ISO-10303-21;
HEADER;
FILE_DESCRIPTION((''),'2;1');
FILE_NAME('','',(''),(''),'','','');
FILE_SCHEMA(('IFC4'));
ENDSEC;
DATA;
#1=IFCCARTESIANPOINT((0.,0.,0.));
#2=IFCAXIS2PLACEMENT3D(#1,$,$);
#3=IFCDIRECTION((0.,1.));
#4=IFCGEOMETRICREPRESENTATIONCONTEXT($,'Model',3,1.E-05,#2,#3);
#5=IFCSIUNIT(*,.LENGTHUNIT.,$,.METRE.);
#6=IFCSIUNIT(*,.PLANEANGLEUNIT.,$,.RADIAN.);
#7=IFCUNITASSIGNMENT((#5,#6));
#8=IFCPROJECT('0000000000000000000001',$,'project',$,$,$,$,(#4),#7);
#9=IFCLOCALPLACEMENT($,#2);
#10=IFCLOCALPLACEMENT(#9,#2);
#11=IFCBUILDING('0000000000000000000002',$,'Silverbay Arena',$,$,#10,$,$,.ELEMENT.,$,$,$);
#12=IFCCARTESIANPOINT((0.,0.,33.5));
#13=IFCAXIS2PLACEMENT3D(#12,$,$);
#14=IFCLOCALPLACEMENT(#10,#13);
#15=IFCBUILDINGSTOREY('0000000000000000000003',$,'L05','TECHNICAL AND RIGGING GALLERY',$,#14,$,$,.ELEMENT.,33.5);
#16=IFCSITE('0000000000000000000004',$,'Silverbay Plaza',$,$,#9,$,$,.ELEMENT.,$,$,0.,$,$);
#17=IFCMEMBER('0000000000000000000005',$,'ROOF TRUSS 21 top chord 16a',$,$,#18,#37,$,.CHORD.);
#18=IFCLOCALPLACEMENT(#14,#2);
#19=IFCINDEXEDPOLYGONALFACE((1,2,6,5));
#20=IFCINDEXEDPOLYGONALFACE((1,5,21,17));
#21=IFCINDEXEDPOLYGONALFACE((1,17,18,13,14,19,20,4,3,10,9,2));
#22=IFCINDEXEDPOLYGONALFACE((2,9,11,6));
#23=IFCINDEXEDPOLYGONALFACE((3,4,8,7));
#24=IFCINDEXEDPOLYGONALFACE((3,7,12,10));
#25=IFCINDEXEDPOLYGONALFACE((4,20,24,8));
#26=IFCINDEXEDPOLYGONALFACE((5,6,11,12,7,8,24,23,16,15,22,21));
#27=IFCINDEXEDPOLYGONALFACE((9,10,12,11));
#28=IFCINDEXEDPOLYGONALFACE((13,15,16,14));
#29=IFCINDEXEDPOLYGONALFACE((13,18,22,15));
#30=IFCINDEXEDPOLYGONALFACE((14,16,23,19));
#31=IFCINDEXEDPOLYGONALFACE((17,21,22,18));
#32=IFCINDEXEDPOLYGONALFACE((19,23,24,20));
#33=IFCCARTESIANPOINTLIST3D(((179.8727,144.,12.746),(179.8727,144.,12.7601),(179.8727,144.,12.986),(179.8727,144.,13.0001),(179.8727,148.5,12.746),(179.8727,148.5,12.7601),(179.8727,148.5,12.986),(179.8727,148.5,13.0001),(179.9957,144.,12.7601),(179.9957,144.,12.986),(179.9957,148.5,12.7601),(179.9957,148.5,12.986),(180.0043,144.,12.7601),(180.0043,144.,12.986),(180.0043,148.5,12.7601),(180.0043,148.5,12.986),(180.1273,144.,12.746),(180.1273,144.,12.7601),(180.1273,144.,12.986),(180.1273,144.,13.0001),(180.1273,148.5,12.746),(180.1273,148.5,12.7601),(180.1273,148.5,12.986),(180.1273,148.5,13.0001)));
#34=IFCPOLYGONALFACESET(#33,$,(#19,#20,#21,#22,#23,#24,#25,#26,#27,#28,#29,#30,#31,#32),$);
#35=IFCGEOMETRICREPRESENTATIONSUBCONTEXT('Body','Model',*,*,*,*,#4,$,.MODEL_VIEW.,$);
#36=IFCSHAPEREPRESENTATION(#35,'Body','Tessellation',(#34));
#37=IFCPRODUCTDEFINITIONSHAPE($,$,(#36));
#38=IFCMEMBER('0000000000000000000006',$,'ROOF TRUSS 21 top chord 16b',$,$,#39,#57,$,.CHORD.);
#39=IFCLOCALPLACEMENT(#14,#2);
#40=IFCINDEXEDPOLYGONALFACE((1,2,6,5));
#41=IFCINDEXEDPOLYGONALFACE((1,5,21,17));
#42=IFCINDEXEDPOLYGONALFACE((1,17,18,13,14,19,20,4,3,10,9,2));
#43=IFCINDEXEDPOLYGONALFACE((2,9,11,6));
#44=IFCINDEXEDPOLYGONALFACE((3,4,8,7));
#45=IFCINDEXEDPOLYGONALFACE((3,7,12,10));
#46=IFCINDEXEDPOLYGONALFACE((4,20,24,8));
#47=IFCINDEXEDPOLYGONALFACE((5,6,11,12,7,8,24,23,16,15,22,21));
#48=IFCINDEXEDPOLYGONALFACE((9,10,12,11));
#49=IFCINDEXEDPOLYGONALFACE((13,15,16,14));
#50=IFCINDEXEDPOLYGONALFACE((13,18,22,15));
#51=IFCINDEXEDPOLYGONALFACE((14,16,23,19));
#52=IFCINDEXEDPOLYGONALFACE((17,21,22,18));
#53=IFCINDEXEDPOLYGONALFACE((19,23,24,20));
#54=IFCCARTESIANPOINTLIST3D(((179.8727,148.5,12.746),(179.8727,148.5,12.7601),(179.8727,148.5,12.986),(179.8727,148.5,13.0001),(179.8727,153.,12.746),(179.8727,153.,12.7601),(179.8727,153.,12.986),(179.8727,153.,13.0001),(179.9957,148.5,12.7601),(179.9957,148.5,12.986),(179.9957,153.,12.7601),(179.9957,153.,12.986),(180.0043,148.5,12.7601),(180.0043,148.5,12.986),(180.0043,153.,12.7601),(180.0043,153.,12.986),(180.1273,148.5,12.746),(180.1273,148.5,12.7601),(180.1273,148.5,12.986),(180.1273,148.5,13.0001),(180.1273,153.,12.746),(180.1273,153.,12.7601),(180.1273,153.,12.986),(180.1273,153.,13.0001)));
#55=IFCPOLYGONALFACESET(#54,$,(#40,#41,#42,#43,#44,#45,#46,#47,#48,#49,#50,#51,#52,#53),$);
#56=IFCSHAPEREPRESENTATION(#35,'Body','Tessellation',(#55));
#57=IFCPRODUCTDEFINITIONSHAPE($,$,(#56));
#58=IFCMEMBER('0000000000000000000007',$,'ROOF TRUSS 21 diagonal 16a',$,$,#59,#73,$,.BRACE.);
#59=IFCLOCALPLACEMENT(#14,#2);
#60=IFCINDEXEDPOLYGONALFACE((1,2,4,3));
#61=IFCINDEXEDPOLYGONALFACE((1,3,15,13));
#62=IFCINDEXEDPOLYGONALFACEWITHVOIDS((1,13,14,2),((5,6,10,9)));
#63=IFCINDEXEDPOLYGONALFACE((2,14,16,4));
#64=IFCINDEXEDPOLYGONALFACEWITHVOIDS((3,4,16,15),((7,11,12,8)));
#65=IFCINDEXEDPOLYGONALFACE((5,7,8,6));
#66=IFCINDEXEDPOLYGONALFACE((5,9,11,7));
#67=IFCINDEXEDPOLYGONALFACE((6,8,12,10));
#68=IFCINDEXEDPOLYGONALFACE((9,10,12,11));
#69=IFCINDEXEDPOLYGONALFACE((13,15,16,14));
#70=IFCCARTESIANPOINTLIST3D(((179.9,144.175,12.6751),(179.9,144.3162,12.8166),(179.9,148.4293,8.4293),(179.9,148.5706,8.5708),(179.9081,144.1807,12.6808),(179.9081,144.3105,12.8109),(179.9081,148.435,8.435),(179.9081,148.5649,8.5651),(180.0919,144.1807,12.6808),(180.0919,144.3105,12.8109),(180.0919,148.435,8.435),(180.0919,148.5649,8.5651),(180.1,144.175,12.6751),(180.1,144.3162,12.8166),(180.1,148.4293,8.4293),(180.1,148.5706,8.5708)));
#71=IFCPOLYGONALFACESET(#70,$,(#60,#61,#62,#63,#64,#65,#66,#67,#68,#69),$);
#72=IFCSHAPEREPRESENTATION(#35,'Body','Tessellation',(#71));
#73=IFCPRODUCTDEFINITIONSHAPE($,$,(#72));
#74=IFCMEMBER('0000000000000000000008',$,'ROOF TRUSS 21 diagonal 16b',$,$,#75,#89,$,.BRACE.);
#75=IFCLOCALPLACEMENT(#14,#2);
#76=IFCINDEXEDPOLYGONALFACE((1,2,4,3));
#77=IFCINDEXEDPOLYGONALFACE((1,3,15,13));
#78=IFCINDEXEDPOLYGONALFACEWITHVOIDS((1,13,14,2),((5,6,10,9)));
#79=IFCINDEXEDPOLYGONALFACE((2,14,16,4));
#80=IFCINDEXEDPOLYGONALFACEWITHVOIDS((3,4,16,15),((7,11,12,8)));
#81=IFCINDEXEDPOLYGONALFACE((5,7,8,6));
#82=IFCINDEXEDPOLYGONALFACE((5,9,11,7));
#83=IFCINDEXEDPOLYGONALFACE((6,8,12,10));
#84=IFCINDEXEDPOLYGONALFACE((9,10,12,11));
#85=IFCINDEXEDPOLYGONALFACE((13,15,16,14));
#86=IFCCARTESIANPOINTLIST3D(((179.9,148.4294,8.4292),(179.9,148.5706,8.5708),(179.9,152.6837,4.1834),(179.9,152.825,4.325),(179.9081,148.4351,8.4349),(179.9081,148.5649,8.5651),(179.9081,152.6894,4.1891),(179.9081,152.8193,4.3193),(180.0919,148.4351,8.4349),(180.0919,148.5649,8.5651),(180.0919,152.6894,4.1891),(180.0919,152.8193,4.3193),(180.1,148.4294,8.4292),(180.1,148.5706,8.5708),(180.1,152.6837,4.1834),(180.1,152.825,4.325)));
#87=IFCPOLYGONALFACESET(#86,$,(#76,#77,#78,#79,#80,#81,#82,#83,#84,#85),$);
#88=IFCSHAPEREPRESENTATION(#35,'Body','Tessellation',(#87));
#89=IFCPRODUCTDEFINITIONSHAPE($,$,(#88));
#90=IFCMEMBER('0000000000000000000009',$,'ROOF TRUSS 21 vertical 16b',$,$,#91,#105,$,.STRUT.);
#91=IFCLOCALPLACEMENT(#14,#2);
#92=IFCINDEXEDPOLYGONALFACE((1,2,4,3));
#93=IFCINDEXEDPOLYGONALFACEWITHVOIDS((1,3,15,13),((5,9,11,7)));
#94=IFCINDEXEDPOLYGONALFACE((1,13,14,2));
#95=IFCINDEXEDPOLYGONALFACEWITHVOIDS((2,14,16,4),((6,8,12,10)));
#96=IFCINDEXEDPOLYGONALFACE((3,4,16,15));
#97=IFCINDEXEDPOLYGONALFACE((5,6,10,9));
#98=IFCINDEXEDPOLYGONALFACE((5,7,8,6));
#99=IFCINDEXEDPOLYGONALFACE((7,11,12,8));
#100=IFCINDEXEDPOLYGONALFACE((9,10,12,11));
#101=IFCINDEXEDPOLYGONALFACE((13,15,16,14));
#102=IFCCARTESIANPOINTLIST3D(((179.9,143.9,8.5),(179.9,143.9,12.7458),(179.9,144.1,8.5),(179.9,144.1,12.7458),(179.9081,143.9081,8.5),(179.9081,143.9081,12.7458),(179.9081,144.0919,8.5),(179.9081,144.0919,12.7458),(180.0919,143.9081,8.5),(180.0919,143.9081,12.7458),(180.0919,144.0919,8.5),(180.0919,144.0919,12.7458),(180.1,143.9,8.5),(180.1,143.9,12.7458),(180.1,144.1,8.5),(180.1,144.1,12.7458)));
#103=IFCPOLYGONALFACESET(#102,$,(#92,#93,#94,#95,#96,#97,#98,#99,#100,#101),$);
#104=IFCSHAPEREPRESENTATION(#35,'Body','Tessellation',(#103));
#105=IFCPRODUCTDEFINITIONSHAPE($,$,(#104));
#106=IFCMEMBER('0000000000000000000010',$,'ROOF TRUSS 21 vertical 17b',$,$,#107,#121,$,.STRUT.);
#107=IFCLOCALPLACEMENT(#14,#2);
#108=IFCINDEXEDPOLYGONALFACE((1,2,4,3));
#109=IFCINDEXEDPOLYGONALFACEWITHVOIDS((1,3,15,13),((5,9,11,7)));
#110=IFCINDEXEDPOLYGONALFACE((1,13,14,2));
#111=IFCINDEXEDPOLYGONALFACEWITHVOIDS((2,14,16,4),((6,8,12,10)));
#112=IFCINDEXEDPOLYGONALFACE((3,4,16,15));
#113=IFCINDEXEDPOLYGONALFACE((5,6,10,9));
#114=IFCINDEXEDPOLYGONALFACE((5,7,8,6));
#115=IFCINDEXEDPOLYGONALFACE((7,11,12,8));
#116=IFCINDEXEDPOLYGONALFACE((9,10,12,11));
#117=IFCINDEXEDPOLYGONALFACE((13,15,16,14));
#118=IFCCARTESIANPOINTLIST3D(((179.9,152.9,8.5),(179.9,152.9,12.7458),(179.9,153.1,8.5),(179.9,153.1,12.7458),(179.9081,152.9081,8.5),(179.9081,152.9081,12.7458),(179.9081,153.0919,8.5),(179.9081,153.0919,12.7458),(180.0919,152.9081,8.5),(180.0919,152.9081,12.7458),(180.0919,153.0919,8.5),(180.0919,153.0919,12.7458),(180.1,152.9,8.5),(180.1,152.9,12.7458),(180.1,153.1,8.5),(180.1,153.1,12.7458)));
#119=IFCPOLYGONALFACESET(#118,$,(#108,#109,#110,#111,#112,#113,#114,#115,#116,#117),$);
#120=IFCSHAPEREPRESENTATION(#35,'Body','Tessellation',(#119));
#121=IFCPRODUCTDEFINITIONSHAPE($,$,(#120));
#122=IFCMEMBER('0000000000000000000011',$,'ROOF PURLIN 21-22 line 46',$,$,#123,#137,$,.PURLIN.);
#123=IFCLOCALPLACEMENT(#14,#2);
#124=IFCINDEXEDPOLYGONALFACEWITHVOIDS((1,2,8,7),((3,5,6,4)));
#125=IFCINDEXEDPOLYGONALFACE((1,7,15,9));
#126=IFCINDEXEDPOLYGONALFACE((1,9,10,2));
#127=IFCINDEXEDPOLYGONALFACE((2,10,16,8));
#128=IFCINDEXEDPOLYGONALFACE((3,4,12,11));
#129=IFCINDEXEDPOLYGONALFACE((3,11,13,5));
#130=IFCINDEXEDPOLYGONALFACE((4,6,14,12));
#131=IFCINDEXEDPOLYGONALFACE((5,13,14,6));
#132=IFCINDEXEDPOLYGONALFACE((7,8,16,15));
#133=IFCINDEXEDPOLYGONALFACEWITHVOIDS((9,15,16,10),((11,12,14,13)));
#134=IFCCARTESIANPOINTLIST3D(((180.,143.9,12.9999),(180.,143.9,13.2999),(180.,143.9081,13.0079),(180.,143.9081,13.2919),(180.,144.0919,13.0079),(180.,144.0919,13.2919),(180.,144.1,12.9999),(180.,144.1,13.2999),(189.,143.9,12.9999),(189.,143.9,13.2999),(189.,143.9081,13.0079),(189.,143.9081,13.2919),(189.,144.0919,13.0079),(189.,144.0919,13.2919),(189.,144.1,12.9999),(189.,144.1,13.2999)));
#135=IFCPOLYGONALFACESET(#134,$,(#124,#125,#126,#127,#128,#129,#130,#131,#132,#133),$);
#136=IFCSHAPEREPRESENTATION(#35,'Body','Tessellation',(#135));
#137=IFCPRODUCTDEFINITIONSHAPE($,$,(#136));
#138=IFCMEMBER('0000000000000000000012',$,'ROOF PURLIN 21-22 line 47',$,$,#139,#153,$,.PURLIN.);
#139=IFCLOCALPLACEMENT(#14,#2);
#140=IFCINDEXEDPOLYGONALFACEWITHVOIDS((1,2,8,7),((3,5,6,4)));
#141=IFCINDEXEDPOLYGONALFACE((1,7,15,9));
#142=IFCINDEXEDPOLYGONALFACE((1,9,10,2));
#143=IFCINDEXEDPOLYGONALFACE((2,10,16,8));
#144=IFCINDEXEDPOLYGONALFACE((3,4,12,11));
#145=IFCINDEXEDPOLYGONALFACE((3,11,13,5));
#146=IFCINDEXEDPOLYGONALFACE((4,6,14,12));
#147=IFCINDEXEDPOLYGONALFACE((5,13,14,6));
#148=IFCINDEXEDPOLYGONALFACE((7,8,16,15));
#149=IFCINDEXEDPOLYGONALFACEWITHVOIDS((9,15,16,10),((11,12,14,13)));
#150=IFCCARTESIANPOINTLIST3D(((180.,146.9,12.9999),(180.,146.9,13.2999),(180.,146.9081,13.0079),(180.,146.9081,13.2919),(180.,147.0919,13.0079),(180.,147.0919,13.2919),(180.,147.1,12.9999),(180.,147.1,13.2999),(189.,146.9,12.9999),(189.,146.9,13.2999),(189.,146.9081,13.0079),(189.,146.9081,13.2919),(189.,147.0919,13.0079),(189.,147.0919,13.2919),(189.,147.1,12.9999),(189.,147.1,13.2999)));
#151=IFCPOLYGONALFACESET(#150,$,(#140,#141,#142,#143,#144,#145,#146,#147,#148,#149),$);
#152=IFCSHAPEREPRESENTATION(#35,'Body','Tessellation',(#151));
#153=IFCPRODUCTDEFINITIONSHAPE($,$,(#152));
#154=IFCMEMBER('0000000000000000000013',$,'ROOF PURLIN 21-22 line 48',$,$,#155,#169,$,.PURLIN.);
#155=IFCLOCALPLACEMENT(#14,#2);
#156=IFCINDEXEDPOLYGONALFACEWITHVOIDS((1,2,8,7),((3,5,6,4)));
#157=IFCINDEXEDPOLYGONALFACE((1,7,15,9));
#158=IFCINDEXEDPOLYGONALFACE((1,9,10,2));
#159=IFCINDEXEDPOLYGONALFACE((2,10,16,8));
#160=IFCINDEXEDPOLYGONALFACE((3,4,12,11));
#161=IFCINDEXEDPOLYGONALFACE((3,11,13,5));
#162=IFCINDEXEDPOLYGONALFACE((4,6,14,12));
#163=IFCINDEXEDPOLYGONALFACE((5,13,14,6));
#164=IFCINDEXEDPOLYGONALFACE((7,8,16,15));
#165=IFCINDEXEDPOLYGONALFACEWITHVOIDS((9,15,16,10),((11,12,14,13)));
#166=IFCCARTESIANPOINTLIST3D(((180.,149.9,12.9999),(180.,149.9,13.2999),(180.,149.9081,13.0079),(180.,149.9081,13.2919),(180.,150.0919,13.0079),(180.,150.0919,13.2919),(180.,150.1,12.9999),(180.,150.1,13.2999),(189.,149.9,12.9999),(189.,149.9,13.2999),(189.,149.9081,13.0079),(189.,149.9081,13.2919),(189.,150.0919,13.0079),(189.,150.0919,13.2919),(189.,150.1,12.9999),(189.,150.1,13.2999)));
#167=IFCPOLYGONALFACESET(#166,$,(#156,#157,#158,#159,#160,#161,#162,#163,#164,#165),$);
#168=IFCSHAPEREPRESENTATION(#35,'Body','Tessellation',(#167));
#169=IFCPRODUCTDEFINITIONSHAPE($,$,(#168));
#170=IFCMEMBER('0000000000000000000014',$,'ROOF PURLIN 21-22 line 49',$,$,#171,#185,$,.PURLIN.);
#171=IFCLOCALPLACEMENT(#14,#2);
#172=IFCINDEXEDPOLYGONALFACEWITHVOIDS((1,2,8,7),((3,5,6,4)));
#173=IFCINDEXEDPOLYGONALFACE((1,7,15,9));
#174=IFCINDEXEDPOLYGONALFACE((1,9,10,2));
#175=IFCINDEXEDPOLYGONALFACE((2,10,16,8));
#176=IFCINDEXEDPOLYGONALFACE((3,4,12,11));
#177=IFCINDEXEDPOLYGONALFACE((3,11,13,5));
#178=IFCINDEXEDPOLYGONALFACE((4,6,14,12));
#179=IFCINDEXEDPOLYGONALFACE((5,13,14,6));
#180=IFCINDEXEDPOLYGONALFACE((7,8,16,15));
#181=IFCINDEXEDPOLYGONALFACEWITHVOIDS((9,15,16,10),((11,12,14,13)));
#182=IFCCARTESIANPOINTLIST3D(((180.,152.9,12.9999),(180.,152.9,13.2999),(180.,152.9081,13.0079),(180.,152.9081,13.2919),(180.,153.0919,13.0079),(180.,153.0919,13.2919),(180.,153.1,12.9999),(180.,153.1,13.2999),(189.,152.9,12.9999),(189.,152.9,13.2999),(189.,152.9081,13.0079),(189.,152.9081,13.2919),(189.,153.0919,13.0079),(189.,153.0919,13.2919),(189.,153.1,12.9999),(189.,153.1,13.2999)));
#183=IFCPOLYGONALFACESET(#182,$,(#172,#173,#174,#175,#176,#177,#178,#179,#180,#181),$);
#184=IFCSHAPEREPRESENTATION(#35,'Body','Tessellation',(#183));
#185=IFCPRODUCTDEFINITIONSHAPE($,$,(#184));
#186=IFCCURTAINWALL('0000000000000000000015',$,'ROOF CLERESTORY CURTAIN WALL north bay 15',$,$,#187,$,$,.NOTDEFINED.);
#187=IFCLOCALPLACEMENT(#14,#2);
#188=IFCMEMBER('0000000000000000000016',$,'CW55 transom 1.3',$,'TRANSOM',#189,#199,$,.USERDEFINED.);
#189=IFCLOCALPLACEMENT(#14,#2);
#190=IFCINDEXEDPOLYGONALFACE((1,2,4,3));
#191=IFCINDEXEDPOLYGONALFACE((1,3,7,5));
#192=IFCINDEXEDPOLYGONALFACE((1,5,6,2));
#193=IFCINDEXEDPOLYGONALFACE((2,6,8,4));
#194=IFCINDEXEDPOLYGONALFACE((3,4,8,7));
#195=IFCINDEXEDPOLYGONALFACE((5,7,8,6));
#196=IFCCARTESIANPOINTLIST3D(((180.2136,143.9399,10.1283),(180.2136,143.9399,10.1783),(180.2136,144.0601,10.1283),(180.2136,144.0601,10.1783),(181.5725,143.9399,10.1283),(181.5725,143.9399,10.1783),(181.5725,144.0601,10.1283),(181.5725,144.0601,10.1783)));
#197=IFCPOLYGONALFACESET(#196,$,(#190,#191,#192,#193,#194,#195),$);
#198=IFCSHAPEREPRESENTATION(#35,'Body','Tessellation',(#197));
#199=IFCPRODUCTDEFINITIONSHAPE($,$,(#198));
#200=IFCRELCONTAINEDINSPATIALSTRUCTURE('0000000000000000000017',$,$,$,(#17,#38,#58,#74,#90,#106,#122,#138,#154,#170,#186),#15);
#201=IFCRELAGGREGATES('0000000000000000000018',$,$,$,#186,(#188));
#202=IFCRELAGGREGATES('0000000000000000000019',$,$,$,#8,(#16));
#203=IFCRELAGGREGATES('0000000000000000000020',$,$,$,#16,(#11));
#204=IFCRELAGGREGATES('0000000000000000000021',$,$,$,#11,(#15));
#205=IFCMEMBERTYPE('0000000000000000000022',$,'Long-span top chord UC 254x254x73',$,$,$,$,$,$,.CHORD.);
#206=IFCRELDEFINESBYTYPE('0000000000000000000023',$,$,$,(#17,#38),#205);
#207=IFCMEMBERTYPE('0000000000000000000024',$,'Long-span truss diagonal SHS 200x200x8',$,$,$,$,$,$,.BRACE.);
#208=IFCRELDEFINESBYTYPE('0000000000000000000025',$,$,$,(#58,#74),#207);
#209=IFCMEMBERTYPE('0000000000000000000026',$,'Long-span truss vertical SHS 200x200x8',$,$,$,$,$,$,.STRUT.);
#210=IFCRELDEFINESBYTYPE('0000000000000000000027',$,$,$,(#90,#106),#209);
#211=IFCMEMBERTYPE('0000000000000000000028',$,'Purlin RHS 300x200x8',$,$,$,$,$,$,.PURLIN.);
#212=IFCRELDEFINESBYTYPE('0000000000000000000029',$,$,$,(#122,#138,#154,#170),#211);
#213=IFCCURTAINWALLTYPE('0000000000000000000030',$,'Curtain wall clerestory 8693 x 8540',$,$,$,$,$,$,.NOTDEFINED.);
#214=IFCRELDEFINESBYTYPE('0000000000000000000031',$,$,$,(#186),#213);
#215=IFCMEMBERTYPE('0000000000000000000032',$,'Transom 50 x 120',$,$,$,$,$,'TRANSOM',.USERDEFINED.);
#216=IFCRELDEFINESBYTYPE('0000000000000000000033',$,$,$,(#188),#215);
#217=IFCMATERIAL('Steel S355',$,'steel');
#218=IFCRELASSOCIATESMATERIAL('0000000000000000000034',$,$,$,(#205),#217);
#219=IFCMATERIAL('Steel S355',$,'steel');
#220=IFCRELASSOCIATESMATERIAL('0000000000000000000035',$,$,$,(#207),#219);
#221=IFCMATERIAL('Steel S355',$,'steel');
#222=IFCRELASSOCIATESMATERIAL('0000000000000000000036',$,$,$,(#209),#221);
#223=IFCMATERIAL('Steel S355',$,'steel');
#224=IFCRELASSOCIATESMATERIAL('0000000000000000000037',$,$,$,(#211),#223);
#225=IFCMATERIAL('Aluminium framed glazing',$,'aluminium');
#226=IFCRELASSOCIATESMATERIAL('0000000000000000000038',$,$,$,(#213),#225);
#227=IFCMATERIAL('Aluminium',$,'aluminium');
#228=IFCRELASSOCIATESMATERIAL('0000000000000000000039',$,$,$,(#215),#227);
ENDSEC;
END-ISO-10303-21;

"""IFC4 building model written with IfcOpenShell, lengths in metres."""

from ifc_helpers import new_model, si_unit, direction, frame, origin, origin_2d, place, context, subcontext, project, spatial, rectangle, hollow_rectangle, i_section, extrude, material, material_profile, profile_set, type_object, element, aggregate, save


model = new_model("IFC4")

# Units and contexts
model_context = context("Model", 3, precision=1e-05, world=origin(), true_north=direction((0.0, 1.0)))
body_context = subcontext(model_context, "Body", "Model", "MODEL_VIEW")
ifc_project = project(units=[si_unit("LENGTHUNIT", "METRE"), si_unit("PLANEANGLEUNIT", "RADIAN")], contexts=[model_context])

# Site, building, storey
site_placement = place(None, origin())
site = spatial("IfcSite", under=ifc_project, at=site_placement, Name="Silverbay Plaza", CompositionType="ELEMENT", RefElevation=0.0)
building_placement = place(site_placement, origin())
building = spatial("IfcBuilding", under=site, at=building_placement, Name="Silverbay Arena", CompositionType="ELEMENT")
storey_placement = place(building_placement, frame((0.0, 0.0, 33.5)))
storey = spatial("IfcBuildingStorey", under=building, at=storey_placement, Name="L05", Description="TECHNICAL AND RIGGING GALLERY", CompositionType="ELEMENT", Elevation=33.5)

# Members
ifc_material_1 = material(Name="Steel S355", Category="steel")
ifc_material_profile_1 = material_profile(ifc_material_1, i_section(OverallWidth=0.2546, OverallDepth=0.2542, WebThickness=0.0085, FlangeThickness=0.0142, at=origin_2d()), Name="UC 254x254x73")
ifc_profile_set_1 = profile_set([ifc_material_profile_1], Name="Steel S355")
member_type_1 = type_object("IfcMemberType", Name="Long-span top chord UC 254x254x73", PredefinedType="CHORD", material=ifc_profile_set_1)
for number, where, z_axis, x_axis, name in (
    (1, (180.0, 144.0, 12.873), (0.0, 1.0, 0.0), (-1.0, 0.0, 0.0), "ROOF TRUSS 21 top chord 16a"),
    (2, (180.0, 148.5, 12.873), (0.0, 1.0, 0.0), (-1.0, 0.0, 0.0), "ROOF TRUSS 21 top chord 16b"),
):
    element("IfcMember", number, at=place(storey_placement, frame(where, z_axis=z_axis, x_axis=x_axis)), inside=storey, type_object=member_type_1, Name=name, PredefinedType="CHORD", context=body_context, shape_type="SweptSolid", body=[
        extrude(i_section(OverallWidth=0.2546, OverallDepth=0.2542, WebThickness=0.0085, FlangeThickness=0.0142, at=origin_2d()), origin(), (0.0, 0.0, 1.0), 4.5),
    ])
ifc_material_2 = material(Name="Steel S355", Category="steel")
ifc_material_profile_2 = material_profile(ifc_material_2, hollow_rectangle(XDim=0.2, YDim=0.2, WallThickness=0.0081, at=origin_2d()), Name="SHS 200x200x8")
ifc_profile_set_2 = profile_set([ifc_material_profile_2], Name="Steel S355")
member_type_2 = type_object("IfcMemberType", Name="Long-span truss diagonal SHS 200x200x8", PredefinedType="BRACE", material=ifc_profile_set_2)
for number, where, z_axis, x_axis, name in (
    (3, (180.0, 144.2456, 12.7458), (0.0, 0.707817, -0.706396), (-1.0, 0.0, 0.0), "ROOF TRUSS 21 diagonal 16a"),
    (4, (180.0, 148.5, 8.5), (0.0, 0.707817, -0.706396), (-1.0, 0.0, 0.0), "ROOF TRUSS 21 diagonal 16b"),
):
    element("IfcMember", number, at=place(storey_placement, frame(where, z_axis=z_axis, x_axis=x_axis)), inside=storey, type_object=member_type_2, Name=name, PredefinedType="BRACE", context=body_context, shape_type="SweptSolid", body=[
        extrude(hollow_rectangle(XDim=0.2, YDim=0.2, WallThickness=0.0081, at=origin_2d()), origin(), (0.0, 0.0, 1.0), 6.0105),
    ])
ifc_material_3 = material(Name="Steel S355", Category="steel")
ifc_material_profile_3 = material_profile(ifc_material_3, hollow_rectangle(XDim=0.2, YDim=0.2, WallThickness=0.0081, at=origin_2d()), Name="SHS 200x200x8")
ifc_profile_set_3 = profile_set([ifc_material_profile_3], Name="Steel S355")
member_type_3 = type_object("IfcMemberType", Name="Long-span truss vertical SHS 200x200x8", PredefinedType="STRUT", material=ifc_profile_set_3)
for number, where, z_axis, x_axis, name in (
    (5, (180.0, 144.0, 8.5), (0.0, 0.0, 1.0), (1.0, 0.0, 0.0), "ROOF TRUSS 21 vertical 16b"),
    (6, (180.0, 153.0, 8.5), (0.0, 0.0, 1.0), (1.0, 0.0, 0.0), "ROOF TRUSS 21 vertical 17b"),
):
    element("IfcMember", number, at=place(storey_placement, frame(where, z_axis=z_axis, x_axis=x_axis)), inside=storey, type_object=member_type_3, Name=name, PredefinedType="STRUT", context=body_context, shape_type="SweptSolid", body=[
        extrude(hollow_rectangle(XDim=0.2, YDim=0.2, WallThickness=0.0081, at=origin_2d()), origin(), (0.0, 0.0, 1.0), 4.2458),
    ])
ifc_material_4 = material(Name="Steel S355", Category="steel")
ifc_material_profile_4 = material_profile(ifc_material_4, hollow_rectangle(XDim=0.2, YDim=0.3, WallThickness=0.0081, at=origin_2d()), Name="RHS 300x200x8")
ifc_profile_set_4 = profile_set([ifc_material_profile_4], Name="Steel S355")
member_type_4 = type_object("IfcMemberType", Name="Purlin RHS 300x200x8", PredefinedType="PURLIN", material=ifc_profile_set_4)
for number, where, z_axis, x_axis, name in (
    (7, (180.0, 144.0, 13.1499), (1.0, 0.0, 0.0), (0.0, 1.0, 0.0), "ROOF PURLIN 21-22 line 46"),
    (8, (180.0, 147.0, 13.1499), (1.0, 0.0, 0.0), (0.0, 1.0, 0.0), "ROOF PURLIN 21-22 line 47"),
    (9, (180.0, 150.0, 13.1499), (1.0, 0.0, 0.0), (0.0, 1.0, 0.0), "ROOF PURLIN 21-22 line 48"),
    (10, (180.0, 153.0, 13.1499), (1.0, 0.0, 0.0), (0.0, 1.0, 0.0), "ROOF PURLIN 21-22 line 49"),
):
    element("IfcMember", number, at=place(storey_placement, frame(where, z_axis=z_axis, x_axis=x_axis)), inside=storey, type_object=member_type_4, Name=name, PredefinedType="PURLIN", context=body_context, shape_type="SweptSolid", body=[
        extrude(hollow_rectangle(XDim=0.2, YDim=0.3, WallThickness=0.0081, at=origin_2d()), origin(), (0.0, 0.0, 1.0), 9.0),
    ])

# Curtain wall, member
ifc_material_5 = material(Name="Aluminium framed glazing", Category="aluminium")
curtain_wall_type = type_object("IfcCurtainWallType", Name="Curtain wall clerestory 8693 x 8540", PredefinedType="NOTDEFINED", material=ifc_material_5)
curtain_wall_placement = place(storey_placement, origin())
curtain_wall = element("IfcCurtainWall", 11, at=curtain_wall_placement, inside=storey, type_object=curtain_wall_type, Name="ROOF CLERESTORY CURTAIN WALL north bay 15", PredefinedType="NOTDEFINED")
ifc_material_6 = material(Name="Aluminium", Category="aluminium")
ifc_material_profile_5 = material_profile(ifc_material_6, rectangle(XDim=0.1201, YDim=0.05, at=origin_2d()), Name="Transom 50 x 120")
ifc_profile_set_5 = profile_set([ifc_material_profile_5], Name="Aluminium")
member_type_5 = type_object("IfcMemberType", Name="Transom 50 x 120", ElementType="TRANSOM", PredefinedType="USERDEFINED", material=ifc_profile_set_5)
member_1_placement = place(storey_placement, frame((180.2136, 144.0, 10.1533), z_axis=(1.0, 0.0, 0.0), x_axis=(0.0, 1.0, 0.0)))
member_1 = element("IfcMember", 12, at=member_1_placement, type_object=member_type_5, Name="CW55 transom 1.3", ObjectType="TRANSOM", PredefinedType="USERDEFINED", context=body_context, shape_type="SweptSolid", body=[
    extrude(rectangle(XDim=0.1201, YDim=0.05, at=origin_2d()), origin(), (0.0, 0.0, 1.0), 1.3589),
])
aggregate(curtain_wall, [member_1])

save(model, "model.ifc")
